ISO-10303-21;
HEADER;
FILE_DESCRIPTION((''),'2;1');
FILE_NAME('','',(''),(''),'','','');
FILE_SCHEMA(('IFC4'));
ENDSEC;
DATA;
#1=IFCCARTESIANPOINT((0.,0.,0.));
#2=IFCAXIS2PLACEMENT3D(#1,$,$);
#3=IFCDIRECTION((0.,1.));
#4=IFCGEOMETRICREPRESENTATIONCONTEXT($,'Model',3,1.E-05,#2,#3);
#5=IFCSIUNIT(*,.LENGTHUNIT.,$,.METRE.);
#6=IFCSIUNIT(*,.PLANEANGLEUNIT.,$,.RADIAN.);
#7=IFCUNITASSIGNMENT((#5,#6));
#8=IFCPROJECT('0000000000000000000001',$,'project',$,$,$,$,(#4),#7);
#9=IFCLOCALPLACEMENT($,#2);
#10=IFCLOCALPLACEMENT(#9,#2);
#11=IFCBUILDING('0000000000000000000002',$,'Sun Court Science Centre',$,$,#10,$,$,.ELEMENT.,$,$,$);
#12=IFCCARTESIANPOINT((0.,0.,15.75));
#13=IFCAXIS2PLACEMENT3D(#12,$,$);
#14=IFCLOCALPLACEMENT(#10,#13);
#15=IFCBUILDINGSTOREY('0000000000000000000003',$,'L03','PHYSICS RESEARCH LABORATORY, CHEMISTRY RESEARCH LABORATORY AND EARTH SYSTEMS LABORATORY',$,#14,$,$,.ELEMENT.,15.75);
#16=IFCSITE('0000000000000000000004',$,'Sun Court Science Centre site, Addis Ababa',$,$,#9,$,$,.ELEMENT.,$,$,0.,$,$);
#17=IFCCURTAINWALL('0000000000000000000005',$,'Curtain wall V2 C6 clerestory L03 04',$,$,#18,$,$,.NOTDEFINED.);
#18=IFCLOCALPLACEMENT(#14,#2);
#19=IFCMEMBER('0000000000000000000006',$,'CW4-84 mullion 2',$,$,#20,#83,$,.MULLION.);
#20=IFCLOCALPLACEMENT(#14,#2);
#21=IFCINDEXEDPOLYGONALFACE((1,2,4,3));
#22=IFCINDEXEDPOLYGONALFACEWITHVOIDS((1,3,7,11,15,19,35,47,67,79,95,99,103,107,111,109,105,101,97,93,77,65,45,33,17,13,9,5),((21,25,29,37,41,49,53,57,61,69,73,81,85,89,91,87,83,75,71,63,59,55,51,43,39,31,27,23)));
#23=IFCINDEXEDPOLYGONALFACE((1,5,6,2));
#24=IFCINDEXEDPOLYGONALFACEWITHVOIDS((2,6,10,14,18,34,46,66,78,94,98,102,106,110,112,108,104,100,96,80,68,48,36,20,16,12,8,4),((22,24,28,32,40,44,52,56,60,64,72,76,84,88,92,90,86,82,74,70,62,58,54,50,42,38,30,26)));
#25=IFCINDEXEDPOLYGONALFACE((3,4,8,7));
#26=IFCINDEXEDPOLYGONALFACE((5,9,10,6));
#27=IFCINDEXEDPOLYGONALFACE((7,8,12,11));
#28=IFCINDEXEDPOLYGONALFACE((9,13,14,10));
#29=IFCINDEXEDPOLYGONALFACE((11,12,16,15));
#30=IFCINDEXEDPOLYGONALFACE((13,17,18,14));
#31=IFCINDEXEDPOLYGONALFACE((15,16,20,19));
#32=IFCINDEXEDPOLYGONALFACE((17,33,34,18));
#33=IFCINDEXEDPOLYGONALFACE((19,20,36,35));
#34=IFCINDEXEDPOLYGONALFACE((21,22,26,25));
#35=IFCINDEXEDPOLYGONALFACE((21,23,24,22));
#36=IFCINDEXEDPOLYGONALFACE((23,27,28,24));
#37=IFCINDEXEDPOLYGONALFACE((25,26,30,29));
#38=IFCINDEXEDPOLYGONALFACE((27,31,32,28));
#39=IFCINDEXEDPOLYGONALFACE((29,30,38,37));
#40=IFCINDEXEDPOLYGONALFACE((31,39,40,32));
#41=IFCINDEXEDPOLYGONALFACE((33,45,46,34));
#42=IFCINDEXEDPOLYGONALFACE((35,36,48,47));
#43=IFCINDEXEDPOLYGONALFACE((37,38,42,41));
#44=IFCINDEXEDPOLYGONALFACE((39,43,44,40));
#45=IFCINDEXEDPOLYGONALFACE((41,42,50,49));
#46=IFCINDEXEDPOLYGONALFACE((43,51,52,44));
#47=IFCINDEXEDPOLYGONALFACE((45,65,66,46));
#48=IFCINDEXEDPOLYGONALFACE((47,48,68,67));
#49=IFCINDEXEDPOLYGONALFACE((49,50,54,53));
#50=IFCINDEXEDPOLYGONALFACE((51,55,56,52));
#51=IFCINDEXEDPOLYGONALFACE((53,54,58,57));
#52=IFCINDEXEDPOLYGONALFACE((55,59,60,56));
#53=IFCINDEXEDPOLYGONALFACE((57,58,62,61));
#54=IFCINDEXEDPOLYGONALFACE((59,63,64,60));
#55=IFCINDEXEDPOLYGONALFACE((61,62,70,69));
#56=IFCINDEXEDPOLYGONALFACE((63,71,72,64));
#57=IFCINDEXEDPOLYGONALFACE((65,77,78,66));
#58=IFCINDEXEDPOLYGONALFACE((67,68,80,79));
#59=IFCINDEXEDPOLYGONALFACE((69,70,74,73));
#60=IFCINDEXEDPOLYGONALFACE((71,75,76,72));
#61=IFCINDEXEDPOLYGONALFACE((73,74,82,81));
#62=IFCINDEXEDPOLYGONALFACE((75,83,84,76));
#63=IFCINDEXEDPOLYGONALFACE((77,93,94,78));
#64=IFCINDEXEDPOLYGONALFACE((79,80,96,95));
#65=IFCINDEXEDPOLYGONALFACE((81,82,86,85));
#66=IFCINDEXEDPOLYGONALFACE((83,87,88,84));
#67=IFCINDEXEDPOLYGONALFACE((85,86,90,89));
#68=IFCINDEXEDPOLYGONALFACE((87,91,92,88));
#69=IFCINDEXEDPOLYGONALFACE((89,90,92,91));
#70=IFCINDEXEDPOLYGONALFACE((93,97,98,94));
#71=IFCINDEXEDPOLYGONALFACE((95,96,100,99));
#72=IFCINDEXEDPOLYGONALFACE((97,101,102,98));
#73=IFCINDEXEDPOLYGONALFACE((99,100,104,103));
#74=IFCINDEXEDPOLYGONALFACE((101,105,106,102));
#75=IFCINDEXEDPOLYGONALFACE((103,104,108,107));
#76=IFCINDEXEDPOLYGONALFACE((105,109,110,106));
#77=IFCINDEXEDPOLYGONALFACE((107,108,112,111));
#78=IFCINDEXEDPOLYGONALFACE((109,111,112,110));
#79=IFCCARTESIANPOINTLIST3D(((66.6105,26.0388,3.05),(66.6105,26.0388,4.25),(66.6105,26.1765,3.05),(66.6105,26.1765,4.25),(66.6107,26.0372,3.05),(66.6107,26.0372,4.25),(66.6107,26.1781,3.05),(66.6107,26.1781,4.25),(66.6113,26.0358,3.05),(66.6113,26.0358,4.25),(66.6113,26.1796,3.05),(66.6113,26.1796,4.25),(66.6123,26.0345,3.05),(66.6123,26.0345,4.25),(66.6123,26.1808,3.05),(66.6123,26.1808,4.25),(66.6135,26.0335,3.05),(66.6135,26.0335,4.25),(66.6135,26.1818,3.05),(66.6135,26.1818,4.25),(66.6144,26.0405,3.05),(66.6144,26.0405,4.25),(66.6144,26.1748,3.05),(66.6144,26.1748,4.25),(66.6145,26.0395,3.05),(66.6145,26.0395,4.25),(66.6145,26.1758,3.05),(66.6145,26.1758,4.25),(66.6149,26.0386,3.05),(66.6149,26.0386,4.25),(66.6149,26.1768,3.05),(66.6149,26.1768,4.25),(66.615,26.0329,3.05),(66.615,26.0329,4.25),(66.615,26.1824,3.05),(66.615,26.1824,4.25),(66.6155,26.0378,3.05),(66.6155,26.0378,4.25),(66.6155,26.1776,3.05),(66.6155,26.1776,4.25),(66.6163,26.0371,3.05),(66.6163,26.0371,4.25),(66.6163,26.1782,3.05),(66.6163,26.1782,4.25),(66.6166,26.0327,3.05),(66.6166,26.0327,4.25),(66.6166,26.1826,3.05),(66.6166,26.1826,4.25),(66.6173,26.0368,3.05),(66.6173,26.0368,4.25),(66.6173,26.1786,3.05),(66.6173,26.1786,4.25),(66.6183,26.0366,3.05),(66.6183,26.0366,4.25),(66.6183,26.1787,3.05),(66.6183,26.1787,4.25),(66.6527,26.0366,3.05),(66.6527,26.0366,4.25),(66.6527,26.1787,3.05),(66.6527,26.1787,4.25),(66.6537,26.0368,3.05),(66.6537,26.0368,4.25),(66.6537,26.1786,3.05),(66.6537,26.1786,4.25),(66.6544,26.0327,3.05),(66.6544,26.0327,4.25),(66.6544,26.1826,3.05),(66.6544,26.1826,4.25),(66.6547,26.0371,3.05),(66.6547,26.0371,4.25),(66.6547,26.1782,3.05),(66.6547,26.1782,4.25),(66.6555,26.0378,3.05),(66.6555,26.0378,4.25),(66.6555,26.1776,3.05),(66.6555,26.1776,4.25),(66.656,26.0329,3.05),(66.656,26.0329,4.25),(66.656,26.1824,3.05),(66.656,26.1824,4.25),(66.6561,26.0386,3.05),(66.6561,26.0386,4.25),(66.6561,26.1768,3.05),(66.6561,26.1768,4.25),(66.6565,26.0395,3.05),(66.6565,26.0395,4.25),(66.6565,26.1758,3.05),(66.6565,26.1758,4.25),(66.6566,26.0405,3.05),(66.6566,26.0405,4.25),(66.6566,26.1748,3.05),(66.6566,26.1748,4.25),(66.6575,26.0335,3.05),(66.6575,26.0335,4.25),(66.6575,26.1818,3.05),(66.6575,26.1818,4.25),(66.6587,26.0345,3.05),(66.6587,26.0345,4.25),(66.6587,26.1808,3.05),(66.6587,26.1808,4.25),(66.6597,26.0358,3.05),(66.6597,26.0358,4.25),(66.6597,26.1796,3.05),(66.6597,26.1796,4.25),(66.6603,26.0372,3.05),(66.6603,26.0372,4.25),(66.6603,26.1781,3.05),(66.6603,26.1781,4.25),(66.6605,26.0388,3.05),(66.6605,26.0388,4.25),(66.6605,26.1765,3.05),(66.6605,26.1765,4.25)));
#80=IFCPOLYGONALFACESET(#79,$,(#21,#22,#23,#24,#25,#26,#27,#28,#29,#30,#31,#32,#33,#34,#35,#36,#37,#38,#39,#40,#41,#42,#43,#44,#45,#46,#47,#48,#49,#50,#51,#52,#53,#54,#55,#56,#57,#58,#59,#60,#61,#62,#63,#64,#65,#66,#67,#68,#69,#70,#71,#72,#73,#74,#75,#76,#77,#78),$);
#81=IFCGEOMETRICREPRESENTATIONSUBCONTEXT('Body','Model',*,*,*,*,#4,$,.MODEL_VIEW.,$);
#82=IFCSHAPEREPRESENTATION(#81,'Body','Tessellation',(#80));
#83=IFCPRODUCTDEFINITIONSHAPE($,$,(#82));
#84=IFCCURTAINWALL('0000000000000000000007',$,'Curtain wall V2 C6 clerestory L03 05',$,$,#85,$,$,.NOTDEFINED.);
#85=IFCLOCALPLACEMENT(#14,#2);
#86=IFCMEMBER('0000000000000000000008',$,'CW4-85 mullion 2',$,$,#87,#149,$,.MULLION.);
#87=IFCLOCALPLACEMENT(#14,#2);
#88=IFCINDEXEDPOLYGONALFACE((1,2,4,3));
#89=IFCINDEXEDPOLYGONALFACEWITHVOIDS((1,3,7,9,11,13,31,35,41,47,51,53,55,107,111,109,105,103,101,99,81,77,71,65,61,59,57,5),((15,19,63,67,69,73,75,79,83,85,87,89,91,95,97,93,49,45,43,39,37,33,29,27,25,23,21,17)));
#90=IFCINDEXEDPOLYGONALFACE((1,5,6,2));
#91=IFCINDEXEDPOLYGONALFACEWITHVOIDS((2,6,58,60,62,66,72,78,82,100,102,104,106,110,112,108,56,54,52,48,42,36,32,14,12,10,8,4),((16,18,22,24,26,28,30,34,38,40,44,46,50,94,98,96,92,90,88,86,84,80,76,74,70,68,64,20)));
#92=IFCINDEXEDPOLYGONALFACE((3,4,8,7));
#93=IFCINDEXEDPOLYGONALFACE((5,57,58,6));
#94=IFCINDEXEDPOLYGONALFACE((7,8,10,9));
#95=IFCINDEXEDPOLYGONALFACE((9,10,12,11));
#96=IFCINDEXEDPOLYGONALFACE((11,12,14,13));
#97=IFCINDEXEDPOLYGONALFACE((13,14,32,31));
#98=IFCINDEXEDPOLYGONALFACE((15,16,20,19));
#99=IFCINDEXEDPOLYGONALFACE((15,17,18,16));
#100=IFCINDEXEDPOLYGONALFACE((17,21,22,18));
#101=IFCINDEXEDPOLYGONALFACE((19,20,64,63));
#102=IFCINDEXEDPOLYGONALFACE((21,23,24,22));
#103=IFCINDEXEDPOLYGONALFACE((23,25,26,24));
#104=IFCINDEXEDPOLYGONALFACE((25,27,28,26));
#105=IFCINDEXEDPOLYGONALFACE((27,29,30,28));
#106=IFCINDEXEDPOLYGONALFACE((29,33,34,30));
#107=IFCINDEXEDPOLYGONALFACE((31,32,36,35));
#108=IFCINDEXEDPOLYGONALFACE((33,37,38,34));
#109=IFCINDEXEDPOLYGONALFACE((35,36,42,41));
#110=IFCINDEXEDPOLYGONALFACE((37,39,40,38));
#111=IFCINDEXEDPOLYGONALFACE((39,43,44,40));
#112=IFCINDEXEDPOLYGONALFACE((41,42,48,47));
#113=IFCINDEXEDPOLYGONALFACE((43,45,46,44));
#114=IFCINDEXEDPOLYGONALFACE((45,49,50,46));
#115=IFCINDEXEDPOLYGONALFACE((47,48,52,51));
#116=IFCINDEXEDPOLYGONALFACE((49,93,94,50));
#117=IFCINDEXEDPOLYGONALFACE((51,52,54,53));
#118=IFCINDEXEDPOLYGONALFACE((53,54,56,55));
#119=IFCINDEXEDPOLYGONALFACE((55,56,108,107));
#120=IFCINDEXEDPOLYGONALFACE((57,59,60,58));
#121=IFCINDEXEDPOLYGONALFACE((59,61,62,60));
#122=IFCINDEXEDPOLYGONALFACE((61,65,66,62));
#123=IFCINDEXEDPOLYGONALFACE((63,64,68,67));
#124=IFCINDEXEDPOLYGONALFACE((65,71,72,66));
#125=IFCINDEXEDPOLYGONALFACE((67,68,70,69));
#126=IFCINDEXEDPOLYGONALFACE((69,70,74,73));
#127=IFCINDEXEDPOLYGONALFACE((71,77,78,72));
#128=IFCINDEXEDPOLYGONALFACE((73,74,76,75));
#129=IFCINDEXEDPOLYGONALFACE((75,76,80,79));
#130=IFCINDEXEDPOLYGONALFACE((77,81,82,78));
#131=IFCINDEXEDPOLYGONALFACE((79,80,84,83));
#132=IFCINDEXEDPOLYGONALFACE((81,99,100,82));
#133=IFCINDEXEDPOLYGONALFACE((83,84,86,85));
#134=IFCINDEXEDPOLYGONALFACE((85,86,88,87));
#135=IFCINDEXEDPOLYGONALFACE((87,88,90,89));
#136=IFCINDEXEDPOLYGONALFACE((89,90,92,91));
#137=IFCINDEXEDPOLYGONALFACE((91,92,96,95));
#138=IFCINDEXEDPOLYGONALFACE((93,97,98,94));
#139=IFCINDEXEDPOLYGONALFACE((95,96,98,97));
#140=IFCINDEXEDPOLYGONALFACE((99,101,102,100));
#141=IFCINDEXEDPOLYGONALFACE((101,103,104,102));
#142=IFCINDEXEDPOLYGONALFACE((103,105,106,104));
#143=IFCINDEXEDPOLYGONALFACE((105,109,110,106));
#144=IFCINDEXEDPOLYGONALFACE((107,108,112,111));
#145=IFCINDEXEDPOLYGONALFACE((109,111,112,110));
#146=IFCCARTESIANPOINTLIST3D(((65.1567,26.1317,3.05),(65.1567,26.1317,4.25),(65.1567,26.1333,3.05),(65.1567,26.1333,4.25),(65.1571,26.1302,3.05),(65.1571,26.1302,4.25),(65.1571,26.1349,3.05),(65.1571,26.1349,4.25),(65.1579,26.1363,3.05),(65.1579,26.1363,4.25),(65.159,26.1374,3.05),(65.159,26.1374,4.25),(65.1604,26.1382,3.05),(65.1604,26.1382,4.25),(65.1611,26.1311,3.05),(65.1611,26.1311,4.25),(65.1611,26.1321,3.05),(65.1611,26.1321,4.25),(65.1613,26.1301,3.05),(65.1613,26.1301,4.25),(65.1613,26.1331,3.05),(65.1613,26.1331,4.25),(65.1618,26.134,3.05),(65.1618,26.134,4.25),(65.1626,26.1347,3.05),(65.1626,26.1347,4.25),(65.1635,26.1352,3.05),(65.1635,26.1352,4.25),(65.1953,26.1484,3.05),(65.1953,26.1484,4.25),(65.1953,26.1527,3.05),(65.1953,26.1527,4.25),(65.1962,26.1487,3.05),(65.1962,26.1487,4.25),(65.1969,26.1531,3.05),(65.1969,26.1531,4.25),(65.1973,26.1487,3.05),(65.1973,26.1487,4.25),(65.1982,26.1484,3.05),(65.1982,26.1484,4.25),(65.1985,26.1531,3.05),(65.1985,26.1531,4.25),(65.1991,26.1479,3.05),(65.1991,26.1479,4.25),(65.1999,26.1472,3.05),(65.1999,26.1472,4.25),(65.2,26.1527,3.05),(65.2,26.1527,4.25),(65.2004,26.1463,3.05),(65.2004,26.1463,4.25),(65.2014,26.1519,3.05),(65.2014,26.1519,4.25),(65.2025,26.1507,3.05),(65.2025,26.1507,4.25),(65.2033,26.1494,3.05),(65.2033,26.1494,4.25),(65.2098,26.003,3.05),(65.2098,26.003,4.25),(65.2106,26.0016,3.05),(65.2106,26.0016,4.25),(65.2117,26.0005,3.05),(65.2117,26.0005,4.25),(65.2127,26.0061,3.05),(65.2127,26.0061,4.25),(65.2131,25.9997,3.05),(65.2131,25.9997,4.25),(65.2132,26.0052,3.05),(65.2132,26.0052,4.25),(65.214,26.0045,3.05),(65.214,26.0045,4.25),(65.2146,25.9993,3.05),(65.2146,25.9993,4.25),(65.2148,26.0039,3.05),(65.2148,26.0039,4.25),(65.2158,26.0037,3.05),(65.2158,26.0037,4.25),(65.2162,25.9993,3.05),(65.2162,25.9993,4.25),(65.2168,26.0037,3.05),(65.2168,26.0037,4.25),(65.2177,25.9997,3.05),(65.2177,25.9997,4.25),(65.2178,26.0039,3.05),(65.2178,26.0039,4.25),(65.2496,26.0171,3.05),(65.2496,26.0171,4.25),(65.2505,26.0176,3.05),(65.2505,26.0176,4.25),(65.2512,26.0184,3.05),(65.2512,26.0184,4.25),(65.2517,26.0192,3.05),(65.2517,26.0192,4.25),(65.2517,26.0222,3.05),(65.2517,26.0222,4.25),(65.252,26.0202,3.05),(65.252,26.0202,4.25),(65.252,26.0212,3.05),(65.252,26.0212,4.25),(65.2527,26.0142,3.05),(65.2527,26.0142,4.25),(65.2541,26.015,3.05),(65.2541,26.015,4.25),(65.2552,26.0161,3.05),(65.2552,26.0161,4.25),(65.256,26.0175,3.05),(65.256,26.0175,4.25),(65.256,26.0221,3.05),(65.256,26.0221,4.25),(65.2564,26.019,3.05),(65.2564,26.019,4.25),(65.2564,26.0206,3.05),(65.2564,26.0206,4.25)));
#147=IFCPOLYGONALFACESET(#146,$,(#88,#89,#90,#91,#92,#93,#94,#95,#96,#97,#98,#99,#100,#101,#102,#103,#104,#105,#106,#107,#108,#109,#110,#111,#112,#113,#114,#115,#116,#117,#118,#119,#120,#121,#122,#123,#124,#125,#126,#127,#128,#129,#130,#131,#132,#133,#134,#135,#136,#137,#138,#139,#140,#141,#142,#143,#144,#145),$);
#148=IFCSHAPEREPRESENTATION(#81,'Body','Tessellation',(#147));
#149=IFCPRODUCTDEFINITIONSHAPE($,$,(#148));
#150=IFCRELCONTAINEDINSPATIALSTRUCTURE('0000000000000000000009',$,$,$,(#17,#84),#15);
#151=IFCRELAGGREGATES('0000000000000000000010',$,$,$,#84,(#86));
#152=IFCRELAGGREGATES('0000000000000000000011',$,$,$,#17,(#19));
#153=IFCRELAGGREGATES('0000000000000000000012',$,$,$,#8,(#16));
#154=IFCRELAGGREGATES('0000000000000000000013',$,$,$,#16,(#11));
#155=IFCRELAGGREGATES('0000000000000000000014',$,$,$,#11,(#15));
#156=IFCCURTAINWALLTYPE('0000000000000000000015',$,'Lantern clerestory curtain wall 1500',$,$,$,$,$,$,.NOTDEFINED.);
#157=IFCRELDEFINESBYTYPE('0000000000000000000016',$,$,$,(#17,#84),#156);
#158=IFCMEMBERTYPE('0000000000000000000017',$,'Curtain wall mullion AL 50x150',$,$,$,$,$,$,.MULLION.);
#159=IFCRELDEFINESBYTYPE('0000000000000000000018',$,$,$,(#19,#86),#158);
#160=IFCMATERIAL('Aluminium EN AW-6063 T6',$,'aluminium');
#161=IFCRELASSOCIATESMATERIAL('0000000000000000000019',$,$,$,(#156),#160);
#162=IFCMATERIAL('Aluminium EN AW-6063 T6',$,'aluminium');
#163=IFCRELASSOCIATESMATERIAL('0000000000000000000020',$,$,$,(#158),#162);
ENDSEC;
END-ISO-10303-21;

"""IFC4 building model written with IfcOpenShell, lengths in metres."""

from ifc_helpers import new_model, si_unit, direction, frame, origin, origin_2d, place, context, subcontext, project, spatial, hollow_rectangle, extrude, material, material_profile, profile_set, type_object, element, aggregate, save


model = new_model("IFC4")

# Units and contexts
model_context = context("Model", 3, precision=1e-05, world=origin(), true_north=direction((0.0, 1.0)))
body_context = subcontext(model_context, "Body", "Model", "MODEL_VIEW")
ifc_project = project(units=[si_unit("LENGTHUNIT", "METRE"), si_unit("PLANEANGLEUNIT", "RADIAN")], contexts=[model_context])

# Site, building, storey
site_placement = place(None, origin())
site = spatial("IfcSite", under=ifc_project, at=site_placement, Name="Sun Court Science Centre site, Addis Ababa", CompositionType="ELEMENT", RefElevation=0.0)
building_placement = place(site_placement, origin())
building = spatial("IfcBuilding", under=site, at=building_placement, Name="Sun Court Science Centre", CompositionType="ELEMENT")
storey_placement = place(building_placement, frame((0.0, 0.0, 15.75)))
storey = spatial("IfcBuildingStorey", under=building, at=storey_placement, Name="L03", Description="PHYSICS RESEARCH LABORATORY, CHEMISTRY RESEARCH LABORATORY AND EARTH SYSTEMS LABORATORY", CompositionType="ELEMENT", Elevation=15.75)

# Shared definitions
ifc_material_1 = material(Name="Aluminium EN AW-6063 T6", Category="aluminium")
curtain_wall_type = type_object("IfcCurtainWallType", Name="Lantern clerestory curtain wall 1500", PredefinedType="NOTDEFINED", material=ifc_material_1)
ifc_material_2 = material(Name="Aluminium EN AW-6063 T6", Category="aluminium")
ifc_material_profile_1 = material_profile(ifc_material_2, hollow_rectangle(XDim=0.05, YDim=0.1499, WallThickness=0.0039, InnerFilletRadius=0.0039, OuterFilletRadius=0.0061, at=origin_2d()), Name="AL 50x150x4")
ifc_profile_set_1 = profile_set([ifc_material_profile_1], Name="Aluminium EN AW-6063 T6")
member_type_1 = type_object("IfcMemberType", Name="Curtain wall mullion AL 50x150", PredefinedType="MULLION", material=ifc_profile_set_1)

# Curtain wall, member
curtain_wall_1_placement = place(storey_placement, origin())
curtain_wall_1 = element("IfcCurtainWall", 1, at=curtain_wall_1_placement, inside=storey, type_object=curtain_wall_type, Name="Curtain wall V2 C6 clerestory L03 04", PredefinedType="NOTDEFINED")
member_1_placement = place(storey_placement, frame((66.6355, 26.1077, 3.05), z_axis=(0.0, 0.0, 1.0), x_axis=(1.0, 0.0, 0.0)))
member_1 = element("IfcMember", 2, at=member_1_placement, type_object=member_type_1, Name="CW4-84 mullion 2", PredefinedType="MULLION", context=body_context, shape_type="SweptSolid", body=[
    extrude(hollow_rectangle(XDim=0.05, YDim=0.1499, WallThickness=0.0039, InnerFilletRadius=0.0039, OuterFilletRadius=0.0061, at=origin_2d()), origin(), (0.0, 0.0, 1.0), 1.2),
])

# Curtain wall, member
curtain_wall_2_placement = place(storey_placement, origin())
curtain_wall_2 = element("IfcCurtainWall", 3, at=curtain_wall_2_placement, inside=storey, type_object=curtain_wall_type, Name="Curtain wall V2 C6 clerestory L03 05", PredefinedType="NOTDEFINED")
member_2_placement = place(storey_placement, frame((65.2065, 26.0762, 3.05), z_axis=(0.0, 0.0, 1.0), x_axis=(0.92388, 0.382683, 0.0)))
member_2 = element("IfcMember", 4, at=member_2_placement, type_object=member_type_1, Name="CW4-85 mullion 2", PredefinedType="MULLION", context=body_context, shape_type="SweptSolid", body=[
    extrude(hollow_rectangle(XDim=0.05, YDim=0.1499, WallThickness=0.0039, InnerFilletRadius=0.0039, OuterFilletRadius=0.0061, at=origin_2d()), origin(), (0.0, 0.0, 1.0), 1.2),
])
aggregate(curtain_wall_2, [member_2])

aggregate(curtain_wall_1, [member_1])

save(model, "model.ifc")
